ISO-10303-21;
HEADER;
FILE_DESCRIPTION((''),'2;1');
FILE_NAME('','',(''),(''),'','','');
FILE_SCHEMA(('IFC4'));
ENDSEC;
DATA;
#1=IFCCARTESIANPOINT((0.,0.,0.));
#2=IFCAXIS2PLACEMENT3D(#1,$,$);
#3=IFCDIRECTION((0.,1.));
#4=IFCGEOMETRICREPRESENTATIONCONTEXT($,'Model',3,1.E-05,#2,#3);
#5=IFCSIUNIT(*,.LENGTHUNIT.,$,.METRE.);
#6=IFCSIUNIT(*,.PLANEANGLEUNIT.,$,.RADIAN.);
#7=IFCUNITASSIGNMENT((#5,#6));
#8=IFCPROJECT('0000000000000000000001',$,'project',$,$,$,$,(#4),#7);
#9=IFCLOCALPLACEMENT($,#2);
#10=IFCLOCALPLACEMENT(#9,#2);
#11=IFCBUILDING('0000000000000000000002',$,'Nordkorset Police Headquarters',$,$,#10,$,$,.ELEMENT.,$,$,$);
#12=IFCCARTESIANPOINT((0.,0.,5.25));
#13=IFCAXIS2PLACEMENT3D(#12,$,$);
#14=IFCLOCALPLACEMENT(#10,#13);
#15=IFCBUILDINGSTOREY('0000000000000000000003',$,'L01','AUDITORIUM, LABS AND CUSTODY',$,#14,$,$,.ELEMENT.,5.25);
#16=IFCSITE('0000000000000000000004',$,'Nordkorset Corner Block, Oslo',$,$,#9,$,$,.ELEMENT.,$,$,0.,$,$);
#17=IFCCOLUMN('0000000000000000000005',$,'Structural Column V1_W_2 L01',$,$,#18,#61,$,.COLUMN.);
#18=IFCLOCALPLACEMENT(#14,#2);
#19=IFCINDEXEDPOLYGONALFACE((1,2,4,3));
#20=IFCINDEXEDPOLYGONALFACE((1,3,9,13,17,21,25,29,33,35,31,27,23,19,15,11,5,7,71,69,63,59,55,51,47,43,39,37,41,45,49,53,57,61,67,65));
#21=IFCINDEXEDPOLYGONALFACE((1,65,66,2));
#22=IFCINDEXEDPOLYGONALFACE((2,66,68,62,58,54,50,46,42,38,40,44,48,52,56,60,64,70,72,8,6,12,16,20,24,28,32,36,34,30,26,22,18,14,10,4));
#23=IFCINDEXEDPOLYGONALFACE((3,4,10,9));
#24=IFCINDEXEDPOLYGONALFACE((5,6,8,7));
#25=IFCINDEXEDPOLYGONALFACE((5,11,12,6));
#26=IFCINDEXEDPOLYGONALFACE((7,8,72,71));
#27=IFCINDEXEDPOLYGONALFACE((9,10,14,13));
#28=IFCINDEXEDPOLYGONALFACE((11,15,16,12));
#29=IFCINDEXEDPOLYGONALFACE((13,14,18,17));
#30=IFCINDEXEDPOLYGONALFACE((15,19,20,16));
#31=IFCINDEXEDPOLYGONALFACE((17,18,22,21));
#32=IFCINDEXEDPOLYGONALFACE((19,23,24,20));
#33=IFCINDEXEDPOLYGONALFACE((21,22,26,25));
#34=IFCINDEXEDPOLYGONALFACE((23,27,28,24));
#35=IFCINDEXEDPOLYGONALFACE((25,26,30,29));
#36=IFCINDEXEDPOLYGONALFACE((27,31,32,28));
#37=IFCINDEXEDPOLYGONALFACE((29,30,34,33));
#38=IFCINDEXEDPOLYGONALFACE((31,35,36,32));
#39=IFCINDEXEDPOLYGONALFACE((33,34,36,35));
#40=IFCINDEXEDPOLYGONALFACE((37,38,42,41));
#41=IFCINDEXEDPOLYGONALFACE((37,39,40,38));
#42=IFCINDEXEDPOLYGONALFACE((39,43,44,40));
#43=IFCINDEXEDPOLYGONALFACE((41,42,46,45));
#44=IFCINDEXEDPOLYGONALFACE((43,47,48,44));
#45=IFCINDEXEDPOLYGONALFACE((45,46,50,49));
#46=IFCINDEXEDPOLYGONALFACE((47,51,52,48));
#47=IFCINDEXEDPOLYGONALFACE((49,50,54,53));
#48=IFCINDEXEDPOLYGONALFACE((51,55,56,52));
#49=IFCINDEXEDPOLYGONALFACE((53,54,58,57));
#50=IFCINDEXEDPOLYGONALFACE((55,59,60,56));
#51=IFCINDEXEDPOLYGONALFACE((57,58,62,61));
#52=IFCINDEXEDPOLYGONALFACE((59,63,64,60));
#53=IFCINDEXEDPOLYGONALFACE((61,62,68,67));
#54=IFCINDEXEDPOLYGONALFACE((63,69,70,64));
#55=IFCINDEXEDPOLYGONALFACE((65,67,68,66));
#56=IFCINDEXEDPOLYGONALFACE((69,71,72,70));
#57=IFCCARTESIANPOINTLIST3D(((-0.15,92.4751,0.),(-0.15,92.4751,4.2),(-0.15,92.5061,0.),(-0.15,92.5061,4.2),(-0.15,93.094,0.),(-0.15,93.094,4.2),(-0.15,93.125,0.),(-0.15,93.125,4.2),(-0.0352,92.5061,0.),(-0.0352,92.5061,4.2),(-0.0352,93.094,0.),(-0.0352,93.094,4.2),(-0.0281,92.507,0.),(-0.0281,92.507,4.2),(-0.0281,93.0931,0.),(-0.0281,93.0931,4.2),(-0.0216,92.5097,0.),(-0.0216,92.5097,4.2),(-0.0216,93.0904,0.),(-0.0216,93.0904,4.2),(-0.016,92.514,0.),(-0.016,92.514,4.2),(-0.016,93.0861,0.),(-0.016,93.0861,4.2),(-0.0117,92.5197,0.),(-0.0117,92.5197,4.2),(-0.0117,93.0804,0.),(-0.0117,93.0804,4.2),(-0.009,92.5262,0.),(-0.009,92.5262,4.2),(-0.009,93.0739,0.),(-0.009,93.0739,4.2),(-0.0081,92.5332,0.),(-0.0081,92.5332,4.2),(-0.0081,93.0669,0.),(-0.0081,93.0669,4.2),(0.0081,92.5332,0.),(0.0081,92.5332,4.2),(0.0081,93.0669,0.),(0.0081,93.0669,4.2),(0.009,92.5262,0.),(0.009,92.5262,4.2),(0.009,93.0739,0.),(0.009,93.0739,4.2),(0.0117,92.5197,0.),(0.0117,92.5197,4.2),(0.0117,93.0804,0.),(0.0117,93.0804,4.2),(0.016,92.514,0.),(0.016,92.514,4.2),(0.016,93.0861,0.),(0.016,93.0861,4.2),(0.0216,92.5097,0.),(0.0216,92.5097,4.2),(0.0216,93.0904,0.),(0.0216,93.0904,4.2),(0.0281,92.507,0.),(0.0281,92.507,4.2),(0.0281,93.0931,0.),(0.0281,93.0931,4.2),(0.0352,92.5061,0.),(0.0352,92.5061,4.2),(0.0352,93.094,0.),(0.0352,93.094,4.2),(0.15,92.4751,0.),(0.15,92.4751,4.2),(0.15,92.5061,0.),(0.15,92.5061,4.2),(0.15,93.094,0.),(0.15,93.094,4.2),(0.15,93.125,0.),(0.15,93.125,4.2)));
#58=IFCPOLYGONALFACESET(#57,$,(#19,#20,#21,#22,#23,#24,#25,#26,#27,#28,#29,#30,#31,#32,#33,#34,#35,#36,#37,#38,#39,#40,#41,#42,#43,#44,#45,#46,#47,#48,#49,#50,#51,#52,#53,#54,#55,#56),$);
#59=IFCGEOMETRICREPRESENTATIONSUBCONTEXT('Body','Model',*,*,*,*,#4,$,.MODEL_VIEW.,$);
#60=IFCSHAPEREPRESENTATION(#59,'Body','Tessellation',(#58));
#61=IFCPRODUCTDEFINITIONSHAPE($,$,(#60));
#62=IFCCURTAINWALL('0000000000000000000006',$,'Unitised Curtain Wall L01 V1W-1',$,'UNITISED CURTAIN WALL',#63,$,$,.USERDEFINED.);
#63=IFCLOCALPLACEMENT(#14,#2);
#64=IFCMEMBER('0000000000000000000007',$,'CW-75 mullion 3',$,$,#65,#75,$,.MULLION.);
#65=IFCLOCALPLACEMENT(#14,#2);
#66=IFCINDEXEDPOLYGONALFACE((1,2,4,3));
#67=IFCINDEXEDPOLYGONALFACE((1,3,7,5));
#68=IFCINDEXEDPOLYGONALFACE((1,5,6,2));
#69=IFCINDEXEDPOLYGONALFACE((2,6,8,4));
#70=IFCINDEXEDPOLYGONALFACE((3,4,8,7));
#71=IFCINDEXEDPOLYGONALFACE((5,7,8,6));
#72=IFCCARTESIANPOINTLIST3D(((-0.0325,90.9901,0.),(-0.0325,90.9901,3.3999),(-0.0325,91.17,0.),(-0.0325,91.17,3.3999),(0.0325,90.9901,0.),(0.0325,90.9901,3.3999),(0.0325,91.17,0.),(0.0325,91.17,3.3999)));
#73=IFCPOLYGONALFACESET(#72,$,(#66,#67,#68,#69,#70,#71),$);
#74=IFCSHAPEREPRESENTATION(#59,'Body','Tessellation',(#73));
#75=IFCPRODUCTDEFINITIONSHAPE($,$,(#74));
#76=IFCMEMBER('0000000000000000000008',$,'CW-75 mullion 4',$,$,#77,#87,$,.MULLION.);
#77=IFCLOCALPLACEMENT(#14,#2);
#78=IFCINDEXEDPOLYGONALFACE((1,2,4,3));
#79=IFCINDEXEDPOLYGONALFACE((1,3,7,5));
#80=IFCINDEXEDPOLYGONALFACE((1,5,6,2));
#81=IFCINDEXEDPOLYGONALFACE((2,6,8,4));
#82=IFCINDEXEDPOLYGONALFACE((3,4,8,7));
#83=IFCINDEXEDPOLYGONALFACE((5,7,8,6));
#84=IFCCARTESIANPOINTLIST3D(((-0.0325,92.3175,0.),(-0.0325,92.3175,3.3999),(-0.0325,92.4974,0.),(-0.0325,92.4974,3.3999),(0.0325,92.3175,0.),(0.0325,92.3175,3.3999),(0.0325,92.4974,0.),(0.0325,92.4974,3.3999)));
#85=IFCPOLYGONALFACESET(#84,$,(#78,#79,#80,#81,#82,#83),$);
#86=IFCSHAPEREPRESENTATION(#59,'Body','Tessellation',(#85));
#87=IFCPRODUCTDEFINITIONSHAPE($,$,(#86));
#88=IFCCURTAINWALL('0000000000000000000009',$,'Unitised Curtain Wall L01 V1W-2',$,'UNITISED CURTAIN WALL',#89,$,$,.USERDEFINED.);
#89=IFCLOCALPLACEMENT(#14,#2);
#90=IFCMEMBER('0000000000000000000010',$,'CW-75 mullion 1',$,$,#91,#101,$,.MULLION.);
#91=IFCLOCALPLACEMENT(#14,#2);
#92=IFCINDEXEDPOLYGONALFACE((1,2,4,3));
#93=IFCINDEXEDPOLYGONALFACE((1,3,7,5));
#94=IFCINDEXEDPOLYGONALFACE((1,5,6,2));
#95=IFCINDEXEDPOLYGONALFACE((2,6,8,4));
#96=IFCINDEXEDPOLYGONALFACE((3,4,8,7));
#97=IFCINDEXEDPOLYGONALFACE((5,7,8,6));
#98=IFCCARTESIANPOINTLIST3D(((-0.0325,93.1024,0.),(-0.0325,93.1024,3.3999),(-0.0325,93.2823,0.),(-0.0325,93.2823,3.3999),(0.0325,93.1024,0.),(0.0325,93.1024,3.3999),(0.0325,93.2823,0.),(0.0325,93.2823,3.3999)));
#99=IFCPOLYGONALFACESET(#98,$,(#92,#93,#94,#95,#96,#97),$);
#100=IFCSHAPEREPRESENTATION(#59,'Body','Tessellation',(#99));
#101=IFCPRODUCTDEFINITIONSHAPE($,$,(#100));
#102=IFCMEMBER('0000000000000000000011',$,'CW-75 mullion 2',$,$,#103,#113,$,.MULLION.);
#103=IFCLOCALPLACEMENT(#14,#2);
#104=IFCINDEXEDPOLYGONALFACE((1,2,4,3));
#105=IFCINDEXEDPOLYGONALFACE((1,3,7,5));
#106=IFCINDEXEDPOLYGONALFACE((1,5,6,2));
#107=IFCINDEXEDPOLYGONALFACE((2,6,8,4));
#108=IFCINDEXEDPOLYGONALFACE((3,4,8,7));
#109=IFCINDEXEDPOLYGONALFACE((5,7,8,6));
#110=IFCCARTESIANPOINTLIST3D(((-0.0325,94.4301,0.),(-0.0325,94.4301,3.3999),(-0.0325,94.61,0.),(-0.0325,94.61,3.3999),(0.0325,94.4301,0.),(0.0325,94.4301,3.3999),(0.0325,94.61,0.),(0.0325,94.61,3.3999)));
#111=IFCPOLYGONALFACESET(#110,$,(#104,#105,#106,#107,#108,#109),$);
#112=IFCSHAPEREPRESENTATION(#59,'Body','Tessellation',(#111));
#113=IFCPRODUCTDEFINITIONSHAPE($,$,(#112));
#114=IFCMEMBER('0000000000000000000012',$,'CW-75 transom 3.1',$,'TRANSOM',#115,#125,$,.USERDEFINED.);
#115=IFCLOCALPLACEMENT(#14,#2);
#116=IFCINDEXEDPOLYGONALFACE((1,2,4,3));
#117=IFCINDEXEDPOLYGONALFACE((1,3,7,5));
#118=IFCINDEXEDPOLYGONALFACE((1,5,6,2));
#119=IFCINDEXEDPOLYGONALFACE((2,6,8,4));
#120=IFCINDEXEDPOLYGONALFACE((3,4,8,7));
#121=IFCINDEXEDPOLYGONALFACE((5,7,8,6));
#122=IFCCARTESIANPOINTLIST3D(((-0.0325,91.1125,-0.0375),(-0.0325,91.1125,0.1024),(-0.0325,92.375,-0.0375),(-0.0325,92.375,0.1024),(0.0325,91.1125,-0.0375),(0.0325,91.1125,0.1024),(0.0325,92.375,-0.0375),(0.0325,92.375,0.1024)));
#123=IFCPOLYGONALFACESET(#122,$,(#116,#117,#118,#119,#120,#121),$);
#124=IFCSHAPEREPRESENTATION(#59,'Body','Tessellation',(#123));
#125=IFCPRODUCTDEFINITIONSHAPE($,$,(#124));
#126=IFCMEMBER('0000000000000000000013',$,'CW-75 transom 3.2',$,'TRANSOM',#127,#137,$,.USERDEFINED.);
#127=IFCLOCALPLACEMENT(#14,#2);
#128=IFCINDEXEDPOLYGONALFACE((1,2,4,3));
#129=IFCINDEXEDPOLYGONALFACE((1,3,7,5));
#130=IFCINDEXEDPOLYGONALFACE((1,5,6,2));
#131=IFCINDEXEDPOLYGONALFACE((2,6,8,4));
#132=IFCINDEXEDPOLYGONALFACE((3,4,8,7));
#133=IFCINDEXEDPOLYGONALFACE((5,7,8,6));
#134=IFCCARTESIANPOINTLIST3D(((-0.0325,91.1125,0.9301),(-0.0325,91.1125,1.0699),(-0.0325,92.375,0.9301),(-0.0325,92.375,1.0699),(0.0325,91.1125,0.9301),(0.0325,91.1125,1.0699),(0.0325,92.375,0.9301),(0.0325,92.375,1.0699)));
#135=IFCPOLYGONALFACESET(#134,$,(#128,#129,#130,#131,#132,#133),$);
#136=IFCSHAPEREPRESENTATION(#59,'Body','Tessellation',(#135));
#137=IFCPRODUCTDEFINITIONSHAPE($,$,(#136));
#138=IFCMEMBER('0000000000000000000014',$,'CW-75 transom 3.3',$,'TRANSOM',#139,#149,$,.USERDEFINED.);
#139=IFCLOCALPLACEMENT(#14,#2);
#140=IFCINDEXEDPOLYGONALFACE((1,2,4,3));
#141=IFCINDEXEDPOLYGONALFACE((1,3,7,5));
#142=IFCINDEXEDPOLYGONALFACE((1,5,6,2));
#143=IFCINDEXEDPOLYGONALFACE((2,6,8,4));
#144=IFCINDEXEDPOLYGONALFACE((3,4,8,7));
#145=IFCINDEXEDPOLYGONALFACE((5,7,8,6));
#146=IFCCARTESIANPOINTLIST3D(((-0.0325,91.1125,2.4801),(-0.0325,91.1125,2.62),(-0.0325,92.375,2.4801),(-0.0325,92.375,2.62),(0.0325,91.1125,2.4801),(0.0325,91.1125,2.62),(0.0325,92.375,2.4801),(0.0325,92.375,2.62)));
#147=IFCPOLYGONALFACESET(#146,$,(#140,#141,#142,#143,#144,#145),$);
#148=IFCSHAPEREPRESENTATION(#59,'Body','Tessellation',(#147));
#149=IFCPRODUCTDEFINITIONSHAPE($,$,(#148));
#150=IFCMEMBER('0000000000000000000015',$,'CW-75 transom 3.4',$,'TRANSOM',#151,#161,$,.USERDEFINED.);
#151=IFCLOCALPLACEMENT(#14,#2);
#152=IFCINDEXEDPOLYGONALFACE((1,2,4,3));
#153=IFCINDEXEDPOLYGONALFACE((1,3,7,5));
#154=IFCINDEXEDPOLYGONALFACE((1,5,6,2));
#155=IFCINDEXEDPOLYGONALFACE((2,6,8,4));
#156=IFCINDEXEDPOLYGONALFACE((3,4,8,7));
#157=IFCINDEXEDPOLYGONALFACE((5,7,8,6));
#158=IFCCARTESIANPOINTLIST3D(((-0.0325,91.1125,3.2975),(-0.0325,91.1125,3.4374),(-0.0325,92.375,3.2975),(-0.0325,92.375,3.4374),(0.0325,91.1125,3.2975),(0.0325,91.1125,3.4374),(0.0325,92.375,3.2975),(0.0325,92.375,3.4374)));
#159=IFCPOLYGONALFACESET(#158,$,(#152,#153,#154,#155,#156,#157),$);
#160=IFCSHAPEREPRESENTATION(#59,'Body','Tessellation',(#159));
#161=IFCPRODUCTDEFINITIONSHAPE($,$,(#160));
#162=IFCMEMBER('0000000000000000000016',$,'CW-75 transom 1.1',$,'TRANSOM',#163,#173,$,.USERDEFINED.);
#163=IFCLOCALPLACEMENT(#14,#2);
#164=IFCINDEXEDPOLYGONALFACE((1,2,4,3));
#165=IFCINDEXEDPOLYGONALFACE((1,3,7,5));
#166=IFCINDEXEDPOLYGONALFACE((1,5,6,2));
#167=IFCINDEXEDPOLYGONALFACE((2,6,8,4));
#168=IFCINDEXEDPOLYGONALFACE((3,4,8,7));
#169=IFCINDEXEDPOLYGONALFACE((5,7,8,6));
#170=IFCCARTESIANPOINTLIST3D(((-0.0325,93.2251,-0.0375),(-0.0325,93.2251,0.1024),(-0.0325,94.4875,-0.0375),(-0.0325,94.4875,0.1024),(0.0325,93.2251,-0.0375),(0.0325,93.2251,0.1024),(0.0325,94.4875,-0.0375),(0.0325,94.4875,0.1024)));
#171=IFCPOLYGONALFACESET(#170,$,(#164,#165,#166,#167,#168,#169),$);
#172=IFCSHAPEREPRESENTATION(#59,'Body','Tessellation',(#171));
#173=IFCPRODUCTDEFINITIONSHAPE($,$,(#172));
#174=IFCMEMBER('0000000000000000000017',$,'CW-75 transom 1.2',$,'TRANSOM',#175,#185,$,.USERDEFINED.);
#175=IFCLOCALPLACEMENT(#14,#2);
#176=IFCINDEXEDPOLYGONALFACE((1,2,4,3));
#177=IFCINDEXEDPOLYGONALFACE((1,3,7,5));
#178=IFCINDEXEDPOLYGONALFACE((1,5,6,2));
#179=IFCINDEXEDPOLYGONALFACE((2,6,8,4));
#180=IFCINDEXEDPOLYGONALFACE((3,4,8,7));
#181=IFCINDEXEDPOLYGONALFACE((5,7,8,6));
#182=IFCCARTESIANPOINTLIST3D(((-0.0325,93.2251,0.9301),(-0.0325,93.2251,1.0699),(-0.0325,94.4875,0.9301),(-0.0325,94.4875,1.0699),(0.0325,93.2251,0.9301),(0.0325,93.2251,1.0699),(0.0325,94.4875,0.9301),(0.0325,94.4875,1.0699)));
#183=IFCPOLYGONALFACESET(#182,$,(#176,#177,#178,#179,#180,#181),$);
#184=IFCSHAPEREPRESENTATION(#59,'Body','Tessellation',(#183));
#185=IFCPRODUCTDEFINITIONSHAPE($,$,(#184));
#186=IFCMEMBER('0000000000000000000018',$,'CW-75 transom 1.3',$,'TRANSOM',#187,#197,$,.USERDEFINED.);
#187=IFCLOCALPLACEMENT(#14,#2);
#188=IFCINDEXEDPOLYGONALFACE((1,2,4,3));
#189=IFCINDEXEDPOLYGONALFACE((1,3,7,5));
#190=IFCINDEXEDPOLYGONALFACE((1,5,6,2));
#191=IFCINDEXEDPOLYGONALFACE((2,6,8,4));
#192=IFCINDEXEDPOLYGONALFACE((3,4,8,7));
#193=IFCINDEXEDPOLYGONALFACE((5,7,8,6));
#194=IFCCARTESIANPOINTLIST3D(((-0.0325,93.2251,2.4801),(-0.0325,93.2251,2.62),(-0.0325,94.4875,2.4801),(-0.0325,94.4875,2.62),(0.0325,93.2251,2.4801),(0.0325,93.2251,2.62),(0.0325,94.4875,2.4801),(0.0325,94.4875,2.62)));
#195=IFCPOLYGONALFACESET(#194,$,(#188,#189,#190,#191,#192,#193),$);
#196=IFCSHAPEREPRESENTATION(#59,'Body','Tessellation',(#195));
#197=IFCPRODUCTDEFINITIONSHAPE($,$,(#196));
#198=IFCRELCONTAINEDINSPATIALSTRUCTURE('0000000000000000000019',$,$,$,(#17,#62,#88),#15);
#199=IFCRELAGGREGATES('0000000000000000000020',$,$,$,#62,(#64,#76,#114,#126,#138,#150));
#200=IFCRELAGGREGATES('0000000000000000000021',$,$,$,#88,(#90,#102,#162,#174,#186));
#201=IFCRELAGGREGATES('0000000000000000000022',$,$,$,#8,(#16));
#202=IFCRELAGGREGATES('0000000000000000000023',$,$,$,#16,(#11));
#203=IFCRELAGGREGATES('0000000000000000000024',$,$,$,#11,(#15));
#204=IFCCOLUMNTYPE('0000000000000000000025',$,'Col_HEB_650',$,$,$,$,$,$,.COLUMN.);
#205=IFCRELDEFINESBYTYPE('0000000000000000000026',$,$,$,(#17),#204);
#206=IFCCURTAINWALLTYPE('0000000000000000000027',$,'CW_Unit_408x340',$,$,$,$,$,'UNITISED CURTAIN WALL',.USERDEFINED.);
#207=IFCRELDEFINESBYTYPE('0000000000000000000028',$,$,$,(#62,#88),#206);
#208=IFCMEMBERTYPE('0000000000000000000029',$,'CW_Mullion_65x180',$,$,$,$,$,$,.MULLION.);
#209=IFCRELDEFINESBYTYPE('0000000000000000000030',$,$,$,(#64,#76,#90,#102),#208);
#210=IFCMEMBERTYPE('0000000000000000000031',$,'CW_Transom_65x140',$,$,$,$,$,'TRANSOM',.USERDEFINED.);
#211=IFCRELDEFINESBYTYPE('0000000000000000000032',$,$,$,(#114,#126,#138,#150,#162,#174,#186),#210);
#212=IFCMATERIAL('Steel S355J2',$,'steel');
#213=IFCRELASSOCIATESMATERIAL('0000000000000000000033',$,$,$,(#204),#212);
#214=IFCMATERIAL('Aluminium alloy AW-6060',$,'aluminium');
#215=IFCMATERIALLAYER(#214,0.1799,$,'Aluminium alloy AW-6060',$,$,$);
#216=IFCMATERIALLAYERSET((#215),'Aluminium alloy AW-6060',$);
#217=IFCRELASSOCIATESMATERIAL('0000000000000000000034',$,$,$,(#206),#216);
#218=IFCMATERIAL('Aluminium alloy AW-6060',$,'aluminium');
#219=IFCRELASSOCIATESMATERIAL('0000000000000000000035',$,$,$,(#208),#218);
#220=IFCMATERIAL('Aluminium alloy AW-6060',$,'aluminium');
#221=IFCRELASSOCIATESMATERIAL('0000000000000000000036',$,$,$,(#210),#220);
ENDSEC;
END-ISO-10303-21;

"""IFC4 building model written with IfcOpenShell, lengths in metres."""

from ifc_helpers import new_model, si_unit, direction, frame, origin, origin_2d, place, context, subcontext, project, spatial, rectangle, i_section, extrude, material, layer, layer_set, material_profile, profile_set, type_object, element, aggregate, save


model = new_model("IFC4")

# Units and contexts
model_context = context("Model", 3, precision=1e-05, world=origin(), true_north=direction((0.0, 1.0)))
body_context = subcontext(model_context, "Body", "Model", "MODEL_VIEW")
ifc_project = project(units=[si_unit("LENGTHUNIT", "METRE"), si_unit("PLANEANGLEUNIT", "RADIAN")], contexts=[model_context])

# Site, building, storey
site_placement = place(None, origin())
site = spatial("IfcSite", under=ifc_project, at=site_placement, Name="Nordkorset Corner Block, Oslo", CompositionType="ELEMENT", RefElevation=0.0)
building_placement = place(site_placement, origin())
building = spatial("IfcBuilding", under=site, at=building_placement, Name="Nordkorset Police Headquarters", CompositionType="ELEMENT")
storey_placement = place(building_placement, frame((0.0, 0.0, 5.25)))
storey = spatial("IfcBuildingStorey", under=building, at=storey_placement, Name="L01", Description="AUDITORIUM, LABS AND CUSTODY", CompositionType="ELEMENT", Elevation=5.25)

# Column
ifc_material_1 = material(Name="Steel S355J2", Category="steel")
ifc_material_profile_1 = material_profile(ifc_material_1, i_section(OverallWidth=0.3, OverallDepth=0.6499, WebThickness=0.0161, FlangeThickness=0.031, FilletRadius=0.0271, at=origin_2d()), Name="HEB 650")
ifc_profile_set_1 = profile_set([ifc_material_profile_1], Name="Steel S355J2")
column_type = type_object("IfcColumnType", Name="Col_HEB_650", PredefinedType="COLUMN", material=ifc_profile_set_1)
column_placement = place(storey_placement, frame((0.0, 92.8, 0.0), z_axis=(0.0, 0.0, 1.0), x_axis=(1.0, 0.0, 0.0)))
element("IfcColumn", 1, at=column_placement, inside=storey, type_object=column_type, Name="Structural Column V1_W_2 L01", PredefinedType="COLUMN", context=body_context, shape_type="SweptSolid", body=[
    extrude(i_section(OverallWidth=0.3, OverallDepth=0.6499, WebThickness=0.0161, FlangeThickness=0.031, FilletRadius=0.0271, at=origin_2d()), origin(), (0.0, 0.0, 1.0), 4.2),
])

# Curtain walls, members
ifc_material_2 = material(Name="Aluminium alloy AW-6060", Category="aluminium")
ifc_layer_1 = layer(ifc_material_2, 0.1799, Name="Aluminium alloy AW-6060")
ifc_layer_set_1 = layer_set([ifc_layer_1], Name="Aluminium alloy AW-6060")
curtain_wall_type = type_object("IfcCurtainWallType", Name="CW_Unit_408x340", ElementType="UNITISED CURTAIN WALL", PredefinedType="USERDEFINED", material=ifc_layer_set_1)
curtain_wall_1_placement = place(storey_placement, origin())
curtain_wall_1 = element("IfcCurtainWall", 2, at=curtain_wall_1_placement, inside=storey, type_object=curtain_wall_type, Name="Unitised Curtain Wall L01 V1W-1", ObjectType="UNITISED CURTAIN WALL", PredefinedType="USERDEFINED")
ifc_material_3 = material(Name="Aluminium alloy AW-6060", Category="aluminium")
ifc_material_profile_2 = material_profile(ifc_material_3, rectangle(XDim=0.0649, YDim=0.1799, at=origin_2d()), Name="ALU MULL 65x180")
ifc_profile_set_2 = profile_set([ifc_material_profile_2], Name="Aluminium alloy AW-6060")
member_type_1 = type_object("IfcMemberType", Name="CW_Mullion_65x180", PredefinedType="MULLION", material=ifc_profile_set_2)
member_1_placement = place(storey_placement, frame((0.0, 91.0801, 0.0), z_axis=(0.0, 0.0, 1.0), x_axis=(-1.0, 0.0, 0.0)))
member_1 = element("IfcMember", 3, at=member_1_placement, type_object=member_type_1, Name="CW-75 mullion 3", PredefinedType="MULLION", context=body_context, shape_type="SweptSolid", body=[
    extrude(rectangle(XDim=0.0649, YDim=0.1799, at=origin_2d()), origin(), (0.0, 0.0, 1.0), 3.3999),
])
member_2_placement = place(storey_placement, frame((0.0, 92.4075, 0.0), z_axis=(0.0, 0.0, 1.0), x_axis=(-1.0, 0.0, 0.0)))
member_2 = element("IfcMember", 4, at=member_2_placement, type_object=member_type_1, Name="CW-75 mullion 4", PredefinedType="MULLION", context=body_context, shape_type="SweptSolid", body=[
    extrude(rectangle(XDim=0.0649, YDim=0.1799, at=origin_2d()), origin(), (0.0, 0.0, 1.0), 3.3999),
])
curtain_wall_2_placement = place(storey_placement, origin())
curtain_wall_2 = element("IfcCurtainWall", 5, at=curtain_wall_2_placement, inside=storey, type_object=curtain_wall_type, Name="Unitised Curtain Wall L01 V1W-2", ObjectType="UNITISED CURTAIN WALL", PredefinedType="USERDEFINED")
member_3_placement = place(storey_placement, frame((0.0, 93.1924, 0.0), z_axis=(0.0, 0.0, 1.0), x_axis=(-1.0, 0.0, 0.0)))
member_3 = element("IfcMember", 6, at=member_3_placement, type_object=member_type_1, Name="CW-75 mullion 1", PredefinedType="MULLION", context=body_context, shape_type="SweptSolid", body=[
    extrude(rectangle(XDim=0.0649, YDim=0.1799, at=origin_2d()), origin(), (0.0, 0.0, 1.0), 3.3999),
])
member_4_placement = place(storey_placement, frame((0.0, 94.52, 0.0), z_axis=(0.0, 0.0, 1.0), x_axis=(-1.0, 0.0, 0.0)))
member_4 = element("IfcMember", 7, at=member_4_placement, type_object=member_type_1, Name="CW-75 mullion 2", PredefinedType="MULLION", context=body_context, shape_type="SweptSolid", body=[
    extrude(rectangle(XDim=0.0649, YDim=0.1799, at=origin_2d()), origin(), (0.0, 0.0, 1.0), 3.3999),
])

# Members
ifc_material_4 = material(Name="Aluminium alloy AW-6060", Category="aluminium")
ifc_material_profile_3 = material_profile(ifc_material_4, rectangle(XDim=0.0649, YDim=0.1399, at=origin_2d()), Name="ALU TRAN 65x140")
ifc_profile_set_3 = profile_set([ifc_material_profile_3], Name="Aluminium alloy AW-6060")
member_type_2 = type_object("IfcMemberType", Name="CW_Transom_65x140", ElementType="TRANSOM", PredefinedType="USERDEFINED", material=ifc_profile_set_3)
member_5_placement = place(storey_placement, frame((0.0, 91.1125, 0.0325), z_axis=(0.0, 1.0, 0.0), x_axis=(-1.0, 0.0, 0.0)))
member_5 = element("IfcMember", 8, at=member_5_placement, type_object=member_type_2, Name="CW-75 transom 3.1", ObjectType="TRANSOM", PredefinedType="USERDEFINED", context=body_context, shape_type="SweptSolid", body=[
    extrude(rectangle(XDim=0.0649, YDim=0.1399, at=origin_2d()), origin(), (0.0, 0.0, 1.0), 1.2625),
])
member_6_placement = place(storey_placement, frame((0.0, 91.1125, 1.0), z_axis=(0.0, 1.0, 0.0), x_axis=(-1.0, 0.0, 0.0)))
member_6 = element("IfcMember", 9, at=member_6_placement, type_object=member_type_2, Name="CW-75 transom 3.2", ObjectType="TRANSOM", PredefinedType="USERDEFINED", context=body_context, shape_type="SweptSolid", body=[
    extrude(rectangle(XDim=0.0649, YDim=0.1399, at=origin_2d()), origin(), (0.0, 0.0, 1.0), 1.2625),
])
member_7_placement = place(storey_placement, frame((0.0, 91.1125, 2.55), z_axis=(0.0, 1.0, 0.0), x_axis=(-1.0, 0.0, 0.0)))
member_7 = element("IfcMember", 10, at=member_7_placement, type_object=member_type_2, Name="CW-75 transom 3.3", ObjectType="TRANSOM", PredefinedType="USERDEFINED", context=body_context, shape_type="SweptSolid", body=[
    extrude(rectangle(XDim=0.0649, YDim=0.1399, at=origin_2d()), origin(), (0.0, 0.0, 1.0), 1.2625),
])
member_8_placement = place(storey_placement, frame((0.0, 91.1125, 3.3674), z_axis=(0.0, 1.0, 0.0), x_axis=(-1.0, 0.0, 0.0)))
member_8 = element("IfcMember", 11, at=member_8_placement, type_object=member_type_2, Name="CW-75 transom 3.4", ObjectType="TRANSOM", PredefinedType="USERDEFINED", context=body_context, shape_type="SweptSolid", body=[
    extrude(rectangle(XDim=0.0649, YDim=0.1399, at=origin_2d()), origin(), (0.0, 0.0, 1.0), 1.2625),
])
member_9_placement = place(storey_placement, frame((0.0, 93.2251, 0.0325), z_axis=(0.0, 1.0, 0.0), x_axis=(-1.0, 0.0, 0.0)))
member_9 = element("IfcMember", 12, at=member_9_placement, type_object=member_type_2, Name="CW-75 transom 1.1", ObjectType="TRANSOM", PredefinedType="USERDEFINED", context=body_context, shape_type="SweptSolid", body=[
    extrude(rectangle(XDim=0.0649, YDim=0.1399, at=origin_2d()), origin(), (0.0, 0.0, 1.0), 1.2625),
])
member_10_placement = place(storey_placement, frame((0.0, 93.2251, 1.0), z_axis=(0.0, 1.0, 0.0), x_axis=(-1.0, 0.0, 0.0)))
member_10 = element("IfcMember", 13, at=member_10_placement, type_object=member_type_2, Name="CW-75 transom 1.2", ObjectType="TRANSOM", PredefinedType="USERDEFINED", context=body_context, shape_type="SweptSolid", body=[
    extrude(rectangle(XDim=0.0649, YDim=0.1399, at=origin_2d()), origin(), (0.0, 0.0, 1.0), 1.2625),
])
member_11_placement = place(storey_placement, frame((0.0, 93.2251, 2.55), z_axis=(0.0, 1.0, 0.0), x_axis=(-1.0, 0.0, 0.0)))
member_11 = element("IfcMember", 14, at=member_11_placement, type_object=member_type_2, Name="CW-75 transom 1.3", ObjectType="TRANSOM", PredefinedType="USERDEFINED", context=body_context, shape_type="SweptSolid", body=[
    extrude(rectangle(XDim=0.0649, YDim=0.1399, at=origin_2d()), origin(), (0.0, 0.0, 1.0), 1.2625),
])

aggregate(curtain_wall_1, [member_1, member_2, member_5, member_6, member_7, member_8])
aggregate(curtain_wall_2, [member_3, member_4, member_9, member_10, member_11])

save(model, "model.ifc")
